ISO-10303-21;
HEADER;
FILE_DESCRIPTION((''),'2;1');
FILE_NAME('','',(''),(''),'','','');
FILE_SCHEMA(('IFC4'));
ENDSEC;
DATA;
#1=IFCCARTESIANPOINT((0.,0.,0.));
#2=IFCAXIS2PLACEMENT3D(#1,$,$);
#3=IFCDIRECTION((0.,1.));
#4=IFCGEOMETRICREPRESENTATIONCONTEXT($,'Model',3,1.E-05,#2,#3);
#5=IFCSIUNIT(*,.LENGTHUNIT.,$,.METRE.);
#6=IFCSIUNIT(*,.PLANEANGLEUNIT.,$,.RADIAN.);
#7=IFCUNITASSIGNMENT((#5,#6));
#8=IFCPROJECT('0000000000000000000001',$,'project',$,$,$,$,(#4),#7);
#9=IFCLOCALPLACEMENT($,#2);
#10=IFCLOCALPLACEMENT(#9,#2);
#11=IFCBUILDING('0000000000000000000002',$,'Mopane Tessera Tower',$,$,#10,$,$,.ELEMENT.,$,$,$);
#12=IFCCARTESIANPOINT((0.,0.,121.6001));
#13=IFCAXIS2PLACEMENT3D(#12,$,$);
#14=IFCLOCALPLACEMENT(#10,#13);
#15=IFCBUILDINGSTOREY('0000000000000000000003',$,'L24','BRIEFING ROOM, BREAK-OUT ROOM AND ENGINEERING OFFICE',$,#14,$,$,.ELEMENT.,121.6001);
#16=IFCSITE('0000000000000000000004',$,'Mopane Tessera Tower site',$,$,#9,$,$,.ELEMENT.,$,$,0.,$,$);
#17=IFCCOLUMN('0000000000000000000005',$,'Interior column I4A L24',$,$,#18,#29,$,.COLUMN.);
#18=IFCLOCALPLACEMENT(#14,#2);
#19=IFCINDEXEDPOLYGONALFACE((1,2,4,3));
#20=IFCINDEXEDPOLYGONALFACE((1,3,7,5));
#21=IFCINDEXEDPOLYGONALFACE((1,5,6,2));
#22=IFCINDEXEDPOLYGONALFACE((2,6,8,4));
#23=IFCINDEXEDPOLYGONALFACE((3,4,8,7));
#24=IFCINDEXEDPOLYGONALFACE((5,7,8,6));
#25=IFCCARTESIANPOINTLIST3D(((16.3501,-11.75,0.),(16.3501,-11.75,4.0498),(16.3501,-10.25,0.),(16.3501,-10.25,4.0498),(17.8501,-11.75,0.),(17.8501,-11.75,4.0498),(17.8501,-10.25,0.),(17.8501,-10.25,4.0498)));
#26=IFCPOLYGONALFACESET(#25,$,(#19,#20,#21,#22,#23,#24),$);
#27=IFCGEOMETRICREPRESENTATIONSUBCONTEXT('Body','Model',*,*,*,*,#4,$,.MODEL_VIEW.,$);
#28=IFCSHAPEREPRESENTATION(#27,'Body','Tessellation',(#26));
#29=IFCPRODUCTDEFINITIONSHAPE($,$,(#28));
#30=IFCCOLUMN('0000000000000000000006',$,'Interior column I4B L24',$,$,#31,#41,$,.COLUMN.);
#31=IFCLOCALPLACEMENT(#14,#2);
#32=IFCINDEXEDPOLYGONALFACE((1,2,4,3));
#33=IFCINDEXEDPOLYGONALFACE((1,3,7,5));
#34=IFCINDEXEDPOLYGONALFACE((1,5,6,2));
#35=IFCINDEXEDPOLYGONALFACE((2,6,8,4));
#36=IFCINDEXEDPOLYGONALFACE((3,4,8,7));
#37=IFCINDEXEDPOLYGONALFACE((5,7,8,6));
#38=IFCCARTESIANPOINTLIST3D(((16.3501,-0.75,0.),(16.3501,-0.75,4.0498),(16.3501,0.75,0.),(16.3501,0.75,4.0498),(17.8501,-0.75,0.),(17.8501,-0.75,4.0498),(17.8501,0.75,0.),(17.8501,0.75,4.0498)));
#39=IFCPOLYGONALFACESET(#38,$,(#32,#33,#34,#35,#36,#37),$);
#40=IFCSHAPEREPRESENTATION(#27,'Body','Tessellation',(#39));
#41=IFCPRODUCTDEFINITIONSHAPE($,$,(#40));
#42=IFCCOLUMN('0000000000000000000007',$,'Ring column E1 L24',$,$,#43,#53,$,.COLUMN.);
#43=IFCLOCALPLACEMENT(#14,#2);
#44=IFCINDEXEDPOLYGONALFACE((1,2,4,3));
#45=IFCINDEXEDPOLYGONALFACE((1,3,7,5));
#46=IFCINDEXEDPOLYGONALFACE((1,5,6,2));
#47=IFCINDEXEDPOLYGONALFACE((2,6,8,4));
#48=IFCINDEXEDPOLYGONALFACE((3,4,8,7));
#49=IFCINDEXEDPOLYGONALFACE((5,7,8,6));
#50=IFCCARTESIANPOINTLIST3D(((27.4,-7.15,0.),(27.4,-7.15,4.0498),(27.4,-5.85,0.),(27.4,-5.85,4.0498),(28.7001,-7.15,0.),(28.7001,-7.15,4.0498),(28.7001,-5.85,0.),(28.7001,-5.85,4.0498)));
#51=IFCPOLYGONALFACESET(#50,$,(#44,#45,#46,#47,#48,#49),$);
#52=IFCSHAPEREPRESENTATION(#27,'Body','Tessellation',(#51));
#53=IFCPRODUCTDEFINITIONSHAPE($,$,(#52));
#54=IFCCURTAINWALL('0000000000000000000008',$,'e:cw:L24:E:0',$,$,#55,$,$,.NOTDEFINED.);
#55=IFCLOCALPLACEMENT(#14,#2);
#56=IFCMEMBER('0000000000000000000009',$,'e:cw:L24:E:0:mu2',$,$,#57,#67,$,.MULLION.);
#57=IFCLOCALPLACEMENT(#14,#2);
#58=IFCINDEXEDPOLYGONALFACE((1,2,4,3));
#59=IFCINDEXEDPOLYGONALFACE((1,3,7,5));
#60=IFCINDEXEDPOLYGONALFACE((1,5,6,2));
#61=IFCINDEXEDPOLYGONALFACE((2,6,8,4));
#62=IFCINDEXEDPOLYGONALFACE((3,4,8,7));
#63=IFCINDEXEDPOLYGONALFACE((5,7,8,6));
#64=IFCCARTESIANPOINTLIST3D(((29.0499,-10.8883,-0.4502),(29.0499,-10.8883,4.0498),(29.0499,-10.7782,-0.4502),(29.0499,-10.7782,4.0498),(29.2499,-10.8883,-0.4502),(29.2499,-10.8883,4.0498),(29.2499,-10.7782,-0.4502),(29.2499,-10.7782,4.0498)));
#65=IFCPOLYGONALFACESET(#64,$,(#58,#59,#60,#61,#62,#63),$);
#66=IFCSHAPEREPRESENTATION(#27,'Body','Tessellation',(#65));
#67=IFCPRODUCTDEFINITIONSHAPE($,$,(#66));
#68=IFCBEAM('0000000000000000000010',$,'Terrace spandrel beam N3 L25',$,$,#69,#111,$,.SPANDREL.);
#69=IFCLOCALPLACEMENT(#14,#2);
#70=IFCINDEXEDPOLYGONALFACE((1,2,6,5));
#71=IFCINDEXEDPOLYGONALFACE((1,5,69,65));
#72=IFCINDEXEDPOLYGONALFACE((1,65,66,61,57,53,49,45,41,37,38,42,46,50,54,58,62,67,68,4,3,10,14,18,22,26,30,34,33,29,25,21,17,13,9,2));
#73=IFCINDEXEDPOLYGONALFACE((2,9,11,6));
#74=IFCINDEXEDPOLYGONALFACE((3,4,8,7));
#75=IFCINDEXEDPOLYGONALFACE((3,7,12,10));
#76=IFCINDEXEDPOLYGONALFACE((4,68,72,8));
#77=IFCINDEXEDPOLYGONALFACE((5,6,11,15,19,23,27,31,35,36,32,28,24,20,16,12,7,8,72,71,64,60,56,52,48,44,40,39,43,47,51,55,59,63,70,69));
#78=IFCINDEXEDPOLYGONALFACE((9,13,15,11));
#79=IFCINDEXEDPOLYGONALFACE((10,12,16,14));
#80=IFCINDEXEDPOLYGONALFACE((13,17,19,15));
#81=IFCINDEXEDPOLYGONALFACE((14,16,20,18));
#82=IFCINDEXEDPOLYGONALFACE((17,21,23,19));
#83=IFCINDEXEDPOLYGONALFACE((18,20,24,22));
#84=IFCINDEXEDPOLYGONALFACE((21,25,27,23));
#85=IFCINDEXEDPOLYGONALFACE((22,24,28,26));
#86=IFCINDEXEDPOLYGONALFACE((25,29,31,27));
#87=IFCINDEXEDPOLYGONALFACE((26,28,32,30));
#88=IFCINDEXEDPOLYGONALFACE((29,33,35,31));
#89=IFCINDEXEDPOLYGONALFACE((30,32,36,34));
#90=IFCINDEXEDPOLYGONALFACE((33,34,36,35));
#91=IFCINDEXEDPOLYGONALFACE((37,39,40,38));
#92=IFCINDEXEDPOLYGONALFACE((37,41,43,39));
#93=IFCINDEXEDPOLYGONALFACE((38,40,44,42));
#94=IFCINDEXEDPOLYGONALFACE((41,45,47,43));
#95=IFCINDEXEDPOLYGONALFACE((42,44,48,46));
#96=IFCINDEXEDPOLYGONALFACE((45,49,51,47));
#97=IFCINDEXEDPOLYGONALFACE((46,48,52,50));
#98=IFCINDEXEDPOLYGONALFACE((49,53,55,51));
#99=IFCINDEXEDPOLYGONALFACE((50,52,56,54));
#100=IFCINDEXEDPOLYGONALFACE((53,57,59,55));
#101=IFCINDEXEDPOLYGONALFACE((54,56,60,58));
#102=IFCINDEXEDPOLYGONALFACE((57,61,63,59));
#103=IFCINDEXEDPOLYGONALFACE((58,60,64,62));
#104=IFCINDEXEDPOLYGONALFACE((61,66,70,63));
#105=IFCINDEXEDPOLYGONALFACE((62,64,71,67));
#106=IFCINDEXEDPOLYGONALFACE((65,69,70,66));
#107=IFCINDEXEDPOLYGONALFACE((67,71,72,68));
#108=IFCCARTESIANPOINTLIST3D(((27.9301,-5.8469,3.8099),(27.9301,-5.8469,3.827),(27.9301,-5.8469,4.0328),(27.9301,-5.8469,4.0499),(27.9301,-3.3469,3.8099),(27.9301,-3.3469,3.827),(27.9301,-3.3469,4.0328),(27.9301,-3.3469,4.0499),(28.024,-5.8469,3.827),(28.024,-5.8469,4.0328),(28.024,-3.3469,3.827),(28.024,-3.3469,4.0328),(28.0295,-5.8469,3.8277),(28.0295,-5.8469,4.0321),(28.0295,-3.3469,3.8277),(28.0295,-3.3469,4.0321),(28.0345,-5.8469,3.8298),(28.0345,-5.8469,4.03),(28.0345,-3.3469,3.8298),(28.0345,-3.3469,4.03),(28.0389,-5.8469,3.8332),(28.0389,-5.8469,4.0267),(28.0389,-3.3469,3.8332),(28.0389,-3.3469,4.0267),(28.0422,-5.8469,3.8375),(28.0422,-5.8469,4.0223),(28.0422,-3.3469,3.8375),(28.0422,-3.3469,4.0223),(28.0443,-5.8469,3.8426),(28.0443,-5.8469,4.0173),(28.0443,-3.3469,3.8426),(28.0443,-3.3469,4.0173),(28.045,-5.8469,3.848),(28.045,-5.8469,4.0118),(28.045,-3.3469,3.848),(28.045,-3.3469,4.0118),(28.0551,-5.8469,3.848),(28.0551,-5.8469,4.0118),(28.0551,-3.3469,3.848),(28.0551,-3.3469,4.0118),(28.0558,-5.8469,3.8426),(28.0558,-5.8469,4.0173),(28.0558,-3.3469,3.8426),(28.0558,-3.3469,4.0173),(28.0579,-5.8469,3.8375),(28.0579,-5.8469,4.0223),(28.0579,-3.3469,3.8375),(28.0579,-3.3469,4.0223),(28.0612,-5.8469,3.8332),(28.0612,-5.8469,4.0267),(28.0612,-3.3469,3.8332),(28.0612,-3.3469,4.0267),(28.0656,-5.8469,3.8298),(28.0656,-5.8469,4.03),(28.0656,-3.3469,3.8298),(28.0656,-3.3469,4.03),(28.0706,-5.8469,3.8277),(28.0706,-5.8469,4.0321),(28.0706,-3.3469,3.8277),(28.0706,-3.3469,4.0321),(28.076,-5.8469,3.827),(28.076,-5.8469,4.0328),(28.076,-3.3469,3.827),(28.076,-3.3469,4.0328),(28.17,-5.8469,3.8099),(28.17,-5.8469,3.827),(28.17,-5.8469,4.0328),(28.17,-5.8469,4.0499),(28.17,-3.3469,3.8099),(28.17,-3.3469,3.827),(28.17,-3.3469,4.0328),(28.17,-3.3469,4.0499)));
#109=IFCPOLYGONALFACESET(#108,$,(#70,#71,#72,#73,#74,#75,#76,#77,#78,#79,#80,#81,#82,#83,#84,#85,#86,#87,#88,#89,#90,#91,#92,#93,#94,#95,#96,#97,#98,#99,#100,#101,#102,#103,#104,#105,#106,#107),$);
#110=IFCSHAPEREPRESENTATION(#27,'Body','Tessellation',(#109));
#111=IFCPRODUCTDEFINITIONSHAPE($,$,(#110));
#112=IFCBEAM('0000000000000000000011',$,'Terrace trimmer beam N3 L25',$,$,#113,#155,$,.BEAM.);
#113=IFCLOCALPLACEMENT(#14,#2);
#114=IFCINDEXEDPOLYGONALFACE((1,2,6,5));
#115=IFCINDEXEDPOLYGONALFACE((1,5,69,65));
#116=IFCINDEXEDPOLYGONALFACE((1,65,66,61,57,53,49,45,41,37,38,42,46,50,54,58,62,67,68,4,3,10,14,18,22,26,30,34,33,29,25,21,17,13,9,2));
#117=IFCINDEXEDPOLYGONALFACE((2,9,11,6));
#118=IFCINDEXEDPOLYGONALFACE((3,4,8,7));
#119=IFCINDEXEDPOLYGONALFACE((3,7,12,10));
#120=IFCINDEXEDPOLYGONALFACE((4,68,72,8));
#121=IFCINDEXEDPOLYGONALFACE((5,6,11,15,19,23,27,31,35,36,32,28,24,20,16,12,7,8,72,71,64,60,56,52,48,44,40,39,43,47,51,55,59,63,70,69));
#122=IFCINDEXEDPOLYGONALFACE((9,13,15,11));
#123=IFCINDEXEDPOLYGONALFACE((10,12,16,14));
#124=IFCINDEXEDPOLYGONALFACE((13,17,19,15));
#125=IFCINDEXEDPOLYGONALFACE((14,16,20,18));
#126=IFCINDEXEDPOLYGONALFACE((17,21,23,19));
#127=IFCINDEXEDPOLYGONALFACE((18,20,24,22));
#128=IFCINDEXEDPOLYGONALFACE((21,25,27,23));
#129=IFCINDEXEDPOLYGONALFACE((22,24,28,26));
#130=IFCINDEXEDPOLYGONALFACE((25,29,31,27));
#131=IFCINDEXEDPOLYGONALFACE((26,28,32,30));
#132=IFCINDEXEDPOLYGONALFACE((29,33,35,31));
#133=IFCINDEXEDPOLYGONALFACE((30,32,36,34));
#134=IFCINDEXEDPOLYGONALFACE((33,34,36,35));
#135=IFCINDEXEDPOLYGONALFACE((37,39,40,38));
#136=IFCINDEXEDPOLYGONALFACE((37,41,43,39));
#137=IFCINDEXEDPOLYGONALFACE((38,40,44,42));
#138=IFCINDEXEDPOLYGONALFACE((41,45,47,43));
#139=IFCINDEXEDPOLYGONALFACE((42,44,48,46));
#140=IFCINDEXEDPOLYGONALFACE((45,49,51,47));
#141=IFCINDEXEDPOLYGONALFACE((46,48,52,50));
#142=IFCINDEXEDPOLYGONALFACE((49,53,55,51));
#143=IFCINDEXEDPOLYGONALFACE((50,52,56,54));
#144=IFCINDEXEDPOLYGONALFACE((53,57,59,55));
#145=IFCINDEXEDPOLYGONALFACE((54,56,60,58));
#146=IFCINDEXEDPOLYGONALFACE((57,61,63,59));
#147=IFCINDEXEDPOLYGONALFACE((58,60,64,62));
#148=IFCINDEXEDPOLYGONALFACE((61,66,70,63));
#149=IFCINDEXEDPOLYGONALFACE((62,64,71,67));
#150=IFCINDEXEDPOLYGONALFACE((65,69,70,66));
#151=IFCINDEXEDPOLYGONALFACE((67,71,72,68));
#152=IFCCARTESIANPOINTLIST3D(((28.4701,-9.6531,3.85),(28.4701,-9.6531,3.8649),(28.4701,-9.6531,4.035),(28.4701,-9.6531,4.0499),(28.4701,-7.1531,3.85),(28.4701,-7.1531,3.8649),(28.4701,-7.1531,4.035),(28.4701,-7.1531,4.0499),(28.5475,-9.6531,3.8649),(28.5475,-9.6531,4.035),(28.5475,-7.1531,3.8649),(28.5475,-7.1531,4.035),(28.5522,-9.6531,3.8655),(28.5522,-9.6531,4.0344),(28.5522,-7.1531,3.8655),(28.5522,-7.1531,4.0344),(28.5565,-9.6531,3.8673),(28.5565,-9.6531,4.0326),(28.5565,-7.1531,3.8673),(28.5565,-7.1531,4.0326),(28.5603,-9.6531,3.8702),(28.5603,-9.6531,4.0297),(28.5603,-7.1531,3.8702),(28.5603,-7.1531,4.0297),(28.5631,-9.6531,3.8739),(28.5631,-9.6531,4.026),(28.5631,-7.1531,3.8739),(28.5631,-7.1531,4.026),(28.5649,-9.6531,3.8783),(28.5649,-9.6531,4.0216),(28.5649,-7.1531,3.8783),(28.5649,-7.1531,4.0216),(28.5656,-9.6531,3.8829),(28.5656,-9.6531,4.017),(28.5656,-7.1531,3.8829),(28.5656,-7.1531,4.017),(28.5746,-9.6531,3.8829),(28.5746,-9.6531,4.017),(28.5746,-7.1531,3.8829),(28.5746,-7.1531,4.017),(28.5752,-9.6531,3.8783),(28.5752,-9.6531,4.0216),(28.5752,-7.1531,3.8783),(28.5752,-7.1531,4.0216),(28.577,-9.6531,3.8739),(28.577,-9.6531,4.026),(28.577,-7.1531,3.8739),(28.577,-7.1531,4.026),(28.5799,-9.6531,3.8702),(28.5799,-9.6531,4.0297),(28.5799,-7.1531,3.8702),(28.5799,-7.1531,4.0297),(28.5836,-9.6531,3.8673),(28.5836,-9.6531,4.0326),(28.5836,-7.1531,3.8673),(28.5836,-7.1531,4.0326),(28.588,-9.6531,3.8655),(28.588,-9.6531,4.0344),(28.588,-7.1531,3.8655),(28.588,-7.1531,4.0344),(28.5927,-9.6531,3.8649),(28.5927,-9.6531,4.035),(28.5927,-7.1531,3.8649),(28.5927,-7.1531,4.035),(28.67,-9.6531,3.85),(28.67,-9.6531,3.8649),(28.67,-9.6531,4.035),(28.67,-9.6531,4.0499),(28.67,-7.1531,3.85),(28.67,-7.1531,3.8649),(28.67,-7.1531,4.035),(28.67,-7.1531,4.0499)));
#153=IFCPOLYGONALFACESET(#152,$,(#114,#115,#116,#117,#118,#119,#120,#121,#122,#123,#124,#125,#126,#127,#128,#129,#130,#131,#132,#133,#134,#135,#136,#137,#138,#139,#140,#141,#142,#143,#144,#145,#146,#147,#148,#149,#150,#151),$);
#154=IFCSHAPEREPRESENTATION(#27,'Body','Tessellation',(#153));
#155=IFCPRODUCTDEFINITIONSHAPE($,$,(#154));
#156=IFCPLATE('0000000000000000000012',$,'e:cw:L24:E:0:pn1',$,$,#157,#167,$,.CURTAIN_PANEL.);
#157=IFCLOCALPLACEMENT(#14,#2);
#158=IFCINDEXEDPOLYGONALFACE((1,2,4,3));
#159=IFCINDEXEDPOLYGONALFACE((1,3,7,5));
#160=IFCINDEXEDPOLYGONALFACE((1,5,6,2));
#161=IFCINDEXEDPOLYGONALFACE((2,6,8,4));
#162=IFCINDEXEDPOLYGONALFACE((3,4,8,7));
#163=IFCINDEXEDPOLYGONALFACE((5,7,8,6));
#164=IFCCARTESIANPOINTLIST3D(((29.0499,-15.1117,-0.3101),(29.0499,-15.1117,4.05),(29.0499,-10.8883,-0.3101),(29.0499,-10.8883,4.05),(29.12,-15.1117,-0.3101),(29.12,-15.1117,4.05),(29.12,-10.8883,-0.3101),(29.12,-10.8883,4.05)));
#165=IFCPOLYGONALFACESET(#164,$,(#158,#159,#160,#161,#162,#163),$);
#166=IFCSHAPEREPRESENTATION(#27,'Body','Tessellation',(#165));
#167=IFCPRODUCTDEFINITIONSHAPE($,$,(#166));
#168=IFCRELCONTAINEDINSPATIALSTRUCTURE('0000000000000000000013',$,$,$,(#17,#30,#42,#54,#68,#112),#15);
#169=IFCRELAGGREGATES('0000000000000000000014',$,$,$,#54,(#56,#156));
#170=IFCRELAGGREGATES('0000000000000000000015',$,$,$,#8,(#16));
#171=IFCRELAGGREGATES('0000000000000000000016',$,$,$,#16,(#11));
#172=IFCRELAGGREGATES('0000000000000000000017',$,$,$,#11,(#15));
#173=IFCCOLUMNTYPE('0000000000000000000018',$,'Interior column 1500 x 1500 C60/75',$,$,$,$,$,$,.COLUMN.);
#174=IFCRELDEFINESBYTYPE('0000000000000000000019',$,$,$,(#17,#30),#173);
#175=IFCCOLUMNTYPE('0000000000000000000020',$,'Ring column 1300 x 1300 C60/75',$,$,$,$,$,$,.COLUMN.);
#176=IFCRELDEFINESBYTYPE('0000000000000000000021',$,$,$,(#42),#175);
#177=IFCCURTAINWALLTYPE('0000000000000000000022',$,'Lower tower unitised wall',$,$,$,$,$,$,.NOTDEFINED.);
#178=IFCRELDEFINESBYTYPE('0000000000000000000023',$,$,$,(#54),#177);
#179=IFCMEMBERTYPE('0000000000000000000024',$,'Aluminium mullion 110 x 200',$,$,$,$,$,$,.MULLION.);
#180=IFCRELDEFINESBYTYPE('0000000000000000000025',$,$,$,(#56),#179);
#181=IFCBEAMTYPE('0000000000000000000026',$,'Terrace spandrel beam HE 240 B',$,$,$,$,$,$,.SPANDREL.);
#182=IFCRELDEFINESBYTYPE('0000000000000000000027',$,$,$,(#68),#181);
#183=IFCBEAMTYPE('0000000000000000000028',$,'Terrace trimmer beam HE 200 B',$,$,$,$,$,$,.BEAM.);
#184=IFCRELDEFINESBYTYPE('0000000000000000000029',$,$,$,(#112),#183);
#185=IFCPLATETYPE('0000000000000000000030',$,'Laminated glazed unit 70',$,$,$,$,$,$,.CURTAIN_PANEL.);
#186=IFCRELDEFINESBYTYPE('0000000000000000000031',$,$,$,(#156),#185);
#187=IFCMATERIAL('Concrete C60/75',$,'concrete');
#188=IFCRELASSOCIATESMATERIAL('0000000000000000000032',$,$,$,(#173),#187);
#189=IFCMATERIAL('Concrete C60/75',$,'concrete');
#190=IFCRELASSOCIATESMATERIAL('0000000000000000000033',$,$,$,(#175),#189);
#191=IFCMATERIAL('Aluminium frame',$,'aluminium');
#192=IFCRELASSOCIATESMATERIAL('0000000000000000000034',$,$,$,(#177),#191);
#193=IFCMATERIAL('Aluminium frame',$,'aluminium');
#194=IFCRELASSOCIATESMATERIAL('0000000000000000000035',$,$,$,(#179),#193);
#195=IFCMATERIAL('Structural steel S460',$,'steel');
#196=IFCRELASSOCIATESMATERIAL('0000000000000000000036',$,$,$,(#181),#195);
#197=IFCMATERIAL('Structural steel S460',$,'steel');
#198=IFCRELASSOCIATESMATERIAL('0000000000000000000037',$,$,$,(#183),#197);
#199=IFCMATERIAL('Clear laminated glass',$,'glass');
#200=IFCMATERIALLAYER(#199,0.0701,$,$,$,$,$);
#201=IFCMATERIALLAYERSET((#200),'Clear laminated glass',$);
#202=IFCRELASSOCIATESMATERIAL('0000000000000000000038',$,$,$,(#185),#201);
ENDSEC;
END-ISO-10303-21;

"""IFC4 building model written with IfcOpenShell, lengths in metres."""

from ifc_helpers import new_model, si_unit, direction, frame, origin, origin_2d, place, context, subcontext, project, spatial, rectangle, i_section, extrude, material, layer, layer_set, material_profile, profile_set, type_object, element, aggregate, save


model = new_model("IFC4")

# Units and contexts
model_context = context("Model", 3, precision=1e-05, world=origin(), true_north=direction((0.0, 1.0)))
body_context = subcontext(model_context, "Body", "Model", "MODEL_VIEW")
ifc_project = project(units=[si_unit("LENGTHUNIT", "METRE"), si_unit("PLANEANGLEUNIT", "RADIAN")], contexts=[model_context])

# Site, building, storey
site_placement = place(None, origin())
site = spatial("IfcSite", under=ifc_project, at=site_placement, Name="Mopane Tessera Tower site", CompositionType="ELEMENT", RefElevation=0.0)
building_placement = place(site_placement, origin())
building = spatial("IfcBuilding", under=site, at=building_placement, Name="Mopane Tessera Tower", CompositionType="ELEMENT")
storey_placement = place(building_placement, frame((0.0, 0.0, 121.6001)))
storey = spatial("IfcBuildingStorey", under=building, at=storey_placement, Name="L24", Description="BRIEFING ROOM, BREAK-OUT ROOM AND ENGINEERING OFFICE", CompositionType="ELEMENT", Elevation=121.6001)

# Columns
ifc_material_1 = material(Name="Concrete C60/75", Category="concrete")
ifc_material_profile_1 = material_profile(ifc_material_1, rectangle(XDim=1.5, YDim=1.5, at=origin_2d()))
ifc_profile_set_1 = profile_set([ifc_material_profile_1], Name="Concrete C60/75")
column_type_1 = type_object("IfcColumnType", Name="Interior column 1500 x 1500 C60/75", PredefinedType="COLUMN", material=ifc_profile_set_1)
for number, where, z_axis, x_axis, name in (
    (1, (17.1001, -11.0, 0.0), (0.0, 0.0, 1.0), (1.0, 0.0, 0.0), "Interior column I4A L24"),
    (2, (17.1001, 0.0, 0.0), (0.0, 0.0, 1.0), (1.0, 0.0, 0.0), "Interior column I4B L24"),
):
    element("IfcColumn", number, at=place(storey_placement, frame(where, z_axis=z_axis, x_axis=x_axis)), inside=storey, type_object=column_type_1, Name=name, PredefinedType="COLUMN", context=body_context, shape_type="SweptSolid", body=[
        extrude(rectangle(XDim=1.5, YDim=1.5, at=origin_2d()), origin(), (0.0, 0.0, 1.0), 4.0498),
    ])
ifc_material_2 = material(Name="Concrete C60/75", Category="concrete")
ifc_material_profile_2 = material_profile(ifc_material_2, rectangle(XDim=1.3, YDim=1.3, at=origin_2d()))
ifc_profile_set_2 = profile_set([ifc_material_profile_2], Name="Concrete C60/75")
column_type_2 = type_object("IfcColumnType", Name="Ring column 1300 x 1300 C60/75", PredefinedType="COLUMN", material=ifc_profile_set_2)
column_placement = place(storey_placement, frame((28.05, -6.5, 0.0), z_axis=(0.0, 0.0, 1.0), x_axis=(1.0, 0.0, 0.0)))
element("IfcColumn", 3, at=column_placement, inside=storey, type_object=column_type_2, Name="Ring column E1 L24", PredefinedType="COLUMN", context=body_context, shape_type="SweptSolid", body=[
    extrude(rectangle(XDim=1.3, YDim=1.3, at=origin_2d()), origin(), (0.0, 0.0, 1.0), 4.0498),
])

# Curtain wall, member
ifc_material_3 = material(Name="Aluminium frame", Category="aluminium")
curtain_wall_type = type_object("IfcCurtainWallType", Name="Lower tower unitised wall", PredefinedType="NOTDEFINED", material=ifc_material_3)
curtain_wall_placement = place(storey_placement, origin())
curtain_wall = element("IfcCurtainWall", 4, at=curtain_wall_placement, inside=storey, type_object=curtain_wall_type, Name="e:cw:L24:E:0", PredefinedType="NOTDEFINED")
ifc_material_4 = material(Name="Aluminium frame", Category="aluminium")
ifc_material_profile_3 = material_profile(ifc_material_4, rectangle(XDim=0.1101, YDim=0.2, at=origin_2d()))
ifc_profile_set_3 = profile_set([ifc_material_profile_3], Name="Aluminium frame")
member_type = type_object("IfcMemberType", Name="Aluminium mullion 110 x 200", PredefinedType="MULLION", material=ifc_profile_set_3)
member_placement = place(storey_placement, frame((29.1499, -10.8333, -0.4502), z_axis=(0.0, 0.0, 1.0), x_axis=(0.0, 1.0, 0.0)))
member = element("IfcMember", 5, at=member_placement, type_object=member_type, Name="e:cw:L24:E:0:mu2", PredefinedType="MULLION", context=body_context, shape_type="SweptSolid", body=[
    extrude(rectangle(XDim=0.1101, YDim=0.2, at=origin_2d()), origin(), (0.0, 0.0, 1.0), 4.5),
])

# Beams
ifc_material_5 = material(Name="Structural steel S460", Category="steel")
ifc_material_profile_4 = material_profile(ifc_material_5, i_section(OverallWidth=0.24, OverallDepth=0.24, WebThickness=0.01, FlangeThickness=0.0171, FilletRadius=0.021, at=origin_2d()))
ifc_profile_set_4 = profile_set([ifc_material_profile_4], Name="Structural steel S460")
beam_type_1 = type_object("IfcBeamType", Name="Terrace spandrel beam HE 240 B", PredefinedType="SPANDREL", material=ifc_profile_set_4)
beam_1_placement = place(storey_placement, frame((28.05, -5.8469, 3.9299), z_axis=(0.0, 1.0, 0.0), x_axis=(-1.0, 0.0, 0.0)))
element("IfcBeam", 6, at=beam_1_placement, inside=storey, type_object=beam_type_1, Name="Terrace spandrel beam N3 L25", PredefinedType="SPANDREL", context=body_context, shape_type="SweptSolid", body=[
    extrude(i_section(OverallWidth=0.24, OverallDepth=0.24, WebThickness=0.01, FlangeThickness=0.0171, FilletRadius=0.021, at=origin_2d()), origin(), (0.0, 0.0, 1.0), 2.5),
])
ifc_material_6 = material(Name="Structural steel S460", Category="steel")
ifc_material_profile_5 = material_profile(ifc_material_6, i_section(OverallWidth=0.2, OverallDepth=0.2, WebThickness=0.009, FlangeThickness=0.0149, FilletRadius=0.0181, at=origin_2d()))
ifc_profile_set_5 = profile_set([ifc_material_profile_5], Name="Structural steel S460")
beam_type_2 = type_object("IfcBeamType", Name="Terrace trimmer beam HE 200 B", PredefinedType="BEAM", material=ifc_profile_set_5)
beam_2_placement = place(storey_placement, frame((28.5701, -7.1531, 3.95), z_axis=(0.0, -1.0, 0.0), x_axis=(1.0, 0.0, 0.0)))
element("IfcBeam", 7, at=beam_2_placement, inside=storey, type_object=beam_type_2, Name="Terrace trimmer beam N3 L25", PredefinedType="BEAM", context=body_context, shape_type="SweptSolid", body=[
    extrude(i_section(OverallWidth=0.2, OverallDepth=0.2, WebThickness=0.009, FlangeThickness=0.0149, FilletRadius=0.0181, at=origin_2d()), origin(), (0.0, 0.0, 1.0), 2.5),
])

# Plate
ifc_material_7 = material(Name="Clear laminated glass", Category="glass")
ifc_layer_1 = layer(ifc_material_7, 0.0701)
ifc_layer_set_1 = layer_set([ifc_layer_1], Name="Clear laminated glass")
plate_type = type_object("IfcPlateType", Name="Laminated glazed unit 70", PredefinedType="CURTAIN_PANEL", material=ifc_layer_set_1)
plate_placement = place(storey_placement, frame((29.085, -13.0, -0.3101), z_axis=(0.0, 0.0, 1.0), x_axis=(0.0, 1.0, 0.0)))
plate = element("IfcPlate", 8, at=plate_placement, type_object=plate_type, Name="e:cw:L24:E:0:pn1", PredefinedType="CURTAIN_PANEL", context=body_context, shape_type="SweptSolid", body=[
    extrude(rectangle(XDim=4.2234, YDim=0.0701, at=origin_2d()), origin(), (0.0, 0.0, 1.0), 4.3601),
])
aggregate(curtain_wall, [member, plate])

save(model, "model.ifc")
